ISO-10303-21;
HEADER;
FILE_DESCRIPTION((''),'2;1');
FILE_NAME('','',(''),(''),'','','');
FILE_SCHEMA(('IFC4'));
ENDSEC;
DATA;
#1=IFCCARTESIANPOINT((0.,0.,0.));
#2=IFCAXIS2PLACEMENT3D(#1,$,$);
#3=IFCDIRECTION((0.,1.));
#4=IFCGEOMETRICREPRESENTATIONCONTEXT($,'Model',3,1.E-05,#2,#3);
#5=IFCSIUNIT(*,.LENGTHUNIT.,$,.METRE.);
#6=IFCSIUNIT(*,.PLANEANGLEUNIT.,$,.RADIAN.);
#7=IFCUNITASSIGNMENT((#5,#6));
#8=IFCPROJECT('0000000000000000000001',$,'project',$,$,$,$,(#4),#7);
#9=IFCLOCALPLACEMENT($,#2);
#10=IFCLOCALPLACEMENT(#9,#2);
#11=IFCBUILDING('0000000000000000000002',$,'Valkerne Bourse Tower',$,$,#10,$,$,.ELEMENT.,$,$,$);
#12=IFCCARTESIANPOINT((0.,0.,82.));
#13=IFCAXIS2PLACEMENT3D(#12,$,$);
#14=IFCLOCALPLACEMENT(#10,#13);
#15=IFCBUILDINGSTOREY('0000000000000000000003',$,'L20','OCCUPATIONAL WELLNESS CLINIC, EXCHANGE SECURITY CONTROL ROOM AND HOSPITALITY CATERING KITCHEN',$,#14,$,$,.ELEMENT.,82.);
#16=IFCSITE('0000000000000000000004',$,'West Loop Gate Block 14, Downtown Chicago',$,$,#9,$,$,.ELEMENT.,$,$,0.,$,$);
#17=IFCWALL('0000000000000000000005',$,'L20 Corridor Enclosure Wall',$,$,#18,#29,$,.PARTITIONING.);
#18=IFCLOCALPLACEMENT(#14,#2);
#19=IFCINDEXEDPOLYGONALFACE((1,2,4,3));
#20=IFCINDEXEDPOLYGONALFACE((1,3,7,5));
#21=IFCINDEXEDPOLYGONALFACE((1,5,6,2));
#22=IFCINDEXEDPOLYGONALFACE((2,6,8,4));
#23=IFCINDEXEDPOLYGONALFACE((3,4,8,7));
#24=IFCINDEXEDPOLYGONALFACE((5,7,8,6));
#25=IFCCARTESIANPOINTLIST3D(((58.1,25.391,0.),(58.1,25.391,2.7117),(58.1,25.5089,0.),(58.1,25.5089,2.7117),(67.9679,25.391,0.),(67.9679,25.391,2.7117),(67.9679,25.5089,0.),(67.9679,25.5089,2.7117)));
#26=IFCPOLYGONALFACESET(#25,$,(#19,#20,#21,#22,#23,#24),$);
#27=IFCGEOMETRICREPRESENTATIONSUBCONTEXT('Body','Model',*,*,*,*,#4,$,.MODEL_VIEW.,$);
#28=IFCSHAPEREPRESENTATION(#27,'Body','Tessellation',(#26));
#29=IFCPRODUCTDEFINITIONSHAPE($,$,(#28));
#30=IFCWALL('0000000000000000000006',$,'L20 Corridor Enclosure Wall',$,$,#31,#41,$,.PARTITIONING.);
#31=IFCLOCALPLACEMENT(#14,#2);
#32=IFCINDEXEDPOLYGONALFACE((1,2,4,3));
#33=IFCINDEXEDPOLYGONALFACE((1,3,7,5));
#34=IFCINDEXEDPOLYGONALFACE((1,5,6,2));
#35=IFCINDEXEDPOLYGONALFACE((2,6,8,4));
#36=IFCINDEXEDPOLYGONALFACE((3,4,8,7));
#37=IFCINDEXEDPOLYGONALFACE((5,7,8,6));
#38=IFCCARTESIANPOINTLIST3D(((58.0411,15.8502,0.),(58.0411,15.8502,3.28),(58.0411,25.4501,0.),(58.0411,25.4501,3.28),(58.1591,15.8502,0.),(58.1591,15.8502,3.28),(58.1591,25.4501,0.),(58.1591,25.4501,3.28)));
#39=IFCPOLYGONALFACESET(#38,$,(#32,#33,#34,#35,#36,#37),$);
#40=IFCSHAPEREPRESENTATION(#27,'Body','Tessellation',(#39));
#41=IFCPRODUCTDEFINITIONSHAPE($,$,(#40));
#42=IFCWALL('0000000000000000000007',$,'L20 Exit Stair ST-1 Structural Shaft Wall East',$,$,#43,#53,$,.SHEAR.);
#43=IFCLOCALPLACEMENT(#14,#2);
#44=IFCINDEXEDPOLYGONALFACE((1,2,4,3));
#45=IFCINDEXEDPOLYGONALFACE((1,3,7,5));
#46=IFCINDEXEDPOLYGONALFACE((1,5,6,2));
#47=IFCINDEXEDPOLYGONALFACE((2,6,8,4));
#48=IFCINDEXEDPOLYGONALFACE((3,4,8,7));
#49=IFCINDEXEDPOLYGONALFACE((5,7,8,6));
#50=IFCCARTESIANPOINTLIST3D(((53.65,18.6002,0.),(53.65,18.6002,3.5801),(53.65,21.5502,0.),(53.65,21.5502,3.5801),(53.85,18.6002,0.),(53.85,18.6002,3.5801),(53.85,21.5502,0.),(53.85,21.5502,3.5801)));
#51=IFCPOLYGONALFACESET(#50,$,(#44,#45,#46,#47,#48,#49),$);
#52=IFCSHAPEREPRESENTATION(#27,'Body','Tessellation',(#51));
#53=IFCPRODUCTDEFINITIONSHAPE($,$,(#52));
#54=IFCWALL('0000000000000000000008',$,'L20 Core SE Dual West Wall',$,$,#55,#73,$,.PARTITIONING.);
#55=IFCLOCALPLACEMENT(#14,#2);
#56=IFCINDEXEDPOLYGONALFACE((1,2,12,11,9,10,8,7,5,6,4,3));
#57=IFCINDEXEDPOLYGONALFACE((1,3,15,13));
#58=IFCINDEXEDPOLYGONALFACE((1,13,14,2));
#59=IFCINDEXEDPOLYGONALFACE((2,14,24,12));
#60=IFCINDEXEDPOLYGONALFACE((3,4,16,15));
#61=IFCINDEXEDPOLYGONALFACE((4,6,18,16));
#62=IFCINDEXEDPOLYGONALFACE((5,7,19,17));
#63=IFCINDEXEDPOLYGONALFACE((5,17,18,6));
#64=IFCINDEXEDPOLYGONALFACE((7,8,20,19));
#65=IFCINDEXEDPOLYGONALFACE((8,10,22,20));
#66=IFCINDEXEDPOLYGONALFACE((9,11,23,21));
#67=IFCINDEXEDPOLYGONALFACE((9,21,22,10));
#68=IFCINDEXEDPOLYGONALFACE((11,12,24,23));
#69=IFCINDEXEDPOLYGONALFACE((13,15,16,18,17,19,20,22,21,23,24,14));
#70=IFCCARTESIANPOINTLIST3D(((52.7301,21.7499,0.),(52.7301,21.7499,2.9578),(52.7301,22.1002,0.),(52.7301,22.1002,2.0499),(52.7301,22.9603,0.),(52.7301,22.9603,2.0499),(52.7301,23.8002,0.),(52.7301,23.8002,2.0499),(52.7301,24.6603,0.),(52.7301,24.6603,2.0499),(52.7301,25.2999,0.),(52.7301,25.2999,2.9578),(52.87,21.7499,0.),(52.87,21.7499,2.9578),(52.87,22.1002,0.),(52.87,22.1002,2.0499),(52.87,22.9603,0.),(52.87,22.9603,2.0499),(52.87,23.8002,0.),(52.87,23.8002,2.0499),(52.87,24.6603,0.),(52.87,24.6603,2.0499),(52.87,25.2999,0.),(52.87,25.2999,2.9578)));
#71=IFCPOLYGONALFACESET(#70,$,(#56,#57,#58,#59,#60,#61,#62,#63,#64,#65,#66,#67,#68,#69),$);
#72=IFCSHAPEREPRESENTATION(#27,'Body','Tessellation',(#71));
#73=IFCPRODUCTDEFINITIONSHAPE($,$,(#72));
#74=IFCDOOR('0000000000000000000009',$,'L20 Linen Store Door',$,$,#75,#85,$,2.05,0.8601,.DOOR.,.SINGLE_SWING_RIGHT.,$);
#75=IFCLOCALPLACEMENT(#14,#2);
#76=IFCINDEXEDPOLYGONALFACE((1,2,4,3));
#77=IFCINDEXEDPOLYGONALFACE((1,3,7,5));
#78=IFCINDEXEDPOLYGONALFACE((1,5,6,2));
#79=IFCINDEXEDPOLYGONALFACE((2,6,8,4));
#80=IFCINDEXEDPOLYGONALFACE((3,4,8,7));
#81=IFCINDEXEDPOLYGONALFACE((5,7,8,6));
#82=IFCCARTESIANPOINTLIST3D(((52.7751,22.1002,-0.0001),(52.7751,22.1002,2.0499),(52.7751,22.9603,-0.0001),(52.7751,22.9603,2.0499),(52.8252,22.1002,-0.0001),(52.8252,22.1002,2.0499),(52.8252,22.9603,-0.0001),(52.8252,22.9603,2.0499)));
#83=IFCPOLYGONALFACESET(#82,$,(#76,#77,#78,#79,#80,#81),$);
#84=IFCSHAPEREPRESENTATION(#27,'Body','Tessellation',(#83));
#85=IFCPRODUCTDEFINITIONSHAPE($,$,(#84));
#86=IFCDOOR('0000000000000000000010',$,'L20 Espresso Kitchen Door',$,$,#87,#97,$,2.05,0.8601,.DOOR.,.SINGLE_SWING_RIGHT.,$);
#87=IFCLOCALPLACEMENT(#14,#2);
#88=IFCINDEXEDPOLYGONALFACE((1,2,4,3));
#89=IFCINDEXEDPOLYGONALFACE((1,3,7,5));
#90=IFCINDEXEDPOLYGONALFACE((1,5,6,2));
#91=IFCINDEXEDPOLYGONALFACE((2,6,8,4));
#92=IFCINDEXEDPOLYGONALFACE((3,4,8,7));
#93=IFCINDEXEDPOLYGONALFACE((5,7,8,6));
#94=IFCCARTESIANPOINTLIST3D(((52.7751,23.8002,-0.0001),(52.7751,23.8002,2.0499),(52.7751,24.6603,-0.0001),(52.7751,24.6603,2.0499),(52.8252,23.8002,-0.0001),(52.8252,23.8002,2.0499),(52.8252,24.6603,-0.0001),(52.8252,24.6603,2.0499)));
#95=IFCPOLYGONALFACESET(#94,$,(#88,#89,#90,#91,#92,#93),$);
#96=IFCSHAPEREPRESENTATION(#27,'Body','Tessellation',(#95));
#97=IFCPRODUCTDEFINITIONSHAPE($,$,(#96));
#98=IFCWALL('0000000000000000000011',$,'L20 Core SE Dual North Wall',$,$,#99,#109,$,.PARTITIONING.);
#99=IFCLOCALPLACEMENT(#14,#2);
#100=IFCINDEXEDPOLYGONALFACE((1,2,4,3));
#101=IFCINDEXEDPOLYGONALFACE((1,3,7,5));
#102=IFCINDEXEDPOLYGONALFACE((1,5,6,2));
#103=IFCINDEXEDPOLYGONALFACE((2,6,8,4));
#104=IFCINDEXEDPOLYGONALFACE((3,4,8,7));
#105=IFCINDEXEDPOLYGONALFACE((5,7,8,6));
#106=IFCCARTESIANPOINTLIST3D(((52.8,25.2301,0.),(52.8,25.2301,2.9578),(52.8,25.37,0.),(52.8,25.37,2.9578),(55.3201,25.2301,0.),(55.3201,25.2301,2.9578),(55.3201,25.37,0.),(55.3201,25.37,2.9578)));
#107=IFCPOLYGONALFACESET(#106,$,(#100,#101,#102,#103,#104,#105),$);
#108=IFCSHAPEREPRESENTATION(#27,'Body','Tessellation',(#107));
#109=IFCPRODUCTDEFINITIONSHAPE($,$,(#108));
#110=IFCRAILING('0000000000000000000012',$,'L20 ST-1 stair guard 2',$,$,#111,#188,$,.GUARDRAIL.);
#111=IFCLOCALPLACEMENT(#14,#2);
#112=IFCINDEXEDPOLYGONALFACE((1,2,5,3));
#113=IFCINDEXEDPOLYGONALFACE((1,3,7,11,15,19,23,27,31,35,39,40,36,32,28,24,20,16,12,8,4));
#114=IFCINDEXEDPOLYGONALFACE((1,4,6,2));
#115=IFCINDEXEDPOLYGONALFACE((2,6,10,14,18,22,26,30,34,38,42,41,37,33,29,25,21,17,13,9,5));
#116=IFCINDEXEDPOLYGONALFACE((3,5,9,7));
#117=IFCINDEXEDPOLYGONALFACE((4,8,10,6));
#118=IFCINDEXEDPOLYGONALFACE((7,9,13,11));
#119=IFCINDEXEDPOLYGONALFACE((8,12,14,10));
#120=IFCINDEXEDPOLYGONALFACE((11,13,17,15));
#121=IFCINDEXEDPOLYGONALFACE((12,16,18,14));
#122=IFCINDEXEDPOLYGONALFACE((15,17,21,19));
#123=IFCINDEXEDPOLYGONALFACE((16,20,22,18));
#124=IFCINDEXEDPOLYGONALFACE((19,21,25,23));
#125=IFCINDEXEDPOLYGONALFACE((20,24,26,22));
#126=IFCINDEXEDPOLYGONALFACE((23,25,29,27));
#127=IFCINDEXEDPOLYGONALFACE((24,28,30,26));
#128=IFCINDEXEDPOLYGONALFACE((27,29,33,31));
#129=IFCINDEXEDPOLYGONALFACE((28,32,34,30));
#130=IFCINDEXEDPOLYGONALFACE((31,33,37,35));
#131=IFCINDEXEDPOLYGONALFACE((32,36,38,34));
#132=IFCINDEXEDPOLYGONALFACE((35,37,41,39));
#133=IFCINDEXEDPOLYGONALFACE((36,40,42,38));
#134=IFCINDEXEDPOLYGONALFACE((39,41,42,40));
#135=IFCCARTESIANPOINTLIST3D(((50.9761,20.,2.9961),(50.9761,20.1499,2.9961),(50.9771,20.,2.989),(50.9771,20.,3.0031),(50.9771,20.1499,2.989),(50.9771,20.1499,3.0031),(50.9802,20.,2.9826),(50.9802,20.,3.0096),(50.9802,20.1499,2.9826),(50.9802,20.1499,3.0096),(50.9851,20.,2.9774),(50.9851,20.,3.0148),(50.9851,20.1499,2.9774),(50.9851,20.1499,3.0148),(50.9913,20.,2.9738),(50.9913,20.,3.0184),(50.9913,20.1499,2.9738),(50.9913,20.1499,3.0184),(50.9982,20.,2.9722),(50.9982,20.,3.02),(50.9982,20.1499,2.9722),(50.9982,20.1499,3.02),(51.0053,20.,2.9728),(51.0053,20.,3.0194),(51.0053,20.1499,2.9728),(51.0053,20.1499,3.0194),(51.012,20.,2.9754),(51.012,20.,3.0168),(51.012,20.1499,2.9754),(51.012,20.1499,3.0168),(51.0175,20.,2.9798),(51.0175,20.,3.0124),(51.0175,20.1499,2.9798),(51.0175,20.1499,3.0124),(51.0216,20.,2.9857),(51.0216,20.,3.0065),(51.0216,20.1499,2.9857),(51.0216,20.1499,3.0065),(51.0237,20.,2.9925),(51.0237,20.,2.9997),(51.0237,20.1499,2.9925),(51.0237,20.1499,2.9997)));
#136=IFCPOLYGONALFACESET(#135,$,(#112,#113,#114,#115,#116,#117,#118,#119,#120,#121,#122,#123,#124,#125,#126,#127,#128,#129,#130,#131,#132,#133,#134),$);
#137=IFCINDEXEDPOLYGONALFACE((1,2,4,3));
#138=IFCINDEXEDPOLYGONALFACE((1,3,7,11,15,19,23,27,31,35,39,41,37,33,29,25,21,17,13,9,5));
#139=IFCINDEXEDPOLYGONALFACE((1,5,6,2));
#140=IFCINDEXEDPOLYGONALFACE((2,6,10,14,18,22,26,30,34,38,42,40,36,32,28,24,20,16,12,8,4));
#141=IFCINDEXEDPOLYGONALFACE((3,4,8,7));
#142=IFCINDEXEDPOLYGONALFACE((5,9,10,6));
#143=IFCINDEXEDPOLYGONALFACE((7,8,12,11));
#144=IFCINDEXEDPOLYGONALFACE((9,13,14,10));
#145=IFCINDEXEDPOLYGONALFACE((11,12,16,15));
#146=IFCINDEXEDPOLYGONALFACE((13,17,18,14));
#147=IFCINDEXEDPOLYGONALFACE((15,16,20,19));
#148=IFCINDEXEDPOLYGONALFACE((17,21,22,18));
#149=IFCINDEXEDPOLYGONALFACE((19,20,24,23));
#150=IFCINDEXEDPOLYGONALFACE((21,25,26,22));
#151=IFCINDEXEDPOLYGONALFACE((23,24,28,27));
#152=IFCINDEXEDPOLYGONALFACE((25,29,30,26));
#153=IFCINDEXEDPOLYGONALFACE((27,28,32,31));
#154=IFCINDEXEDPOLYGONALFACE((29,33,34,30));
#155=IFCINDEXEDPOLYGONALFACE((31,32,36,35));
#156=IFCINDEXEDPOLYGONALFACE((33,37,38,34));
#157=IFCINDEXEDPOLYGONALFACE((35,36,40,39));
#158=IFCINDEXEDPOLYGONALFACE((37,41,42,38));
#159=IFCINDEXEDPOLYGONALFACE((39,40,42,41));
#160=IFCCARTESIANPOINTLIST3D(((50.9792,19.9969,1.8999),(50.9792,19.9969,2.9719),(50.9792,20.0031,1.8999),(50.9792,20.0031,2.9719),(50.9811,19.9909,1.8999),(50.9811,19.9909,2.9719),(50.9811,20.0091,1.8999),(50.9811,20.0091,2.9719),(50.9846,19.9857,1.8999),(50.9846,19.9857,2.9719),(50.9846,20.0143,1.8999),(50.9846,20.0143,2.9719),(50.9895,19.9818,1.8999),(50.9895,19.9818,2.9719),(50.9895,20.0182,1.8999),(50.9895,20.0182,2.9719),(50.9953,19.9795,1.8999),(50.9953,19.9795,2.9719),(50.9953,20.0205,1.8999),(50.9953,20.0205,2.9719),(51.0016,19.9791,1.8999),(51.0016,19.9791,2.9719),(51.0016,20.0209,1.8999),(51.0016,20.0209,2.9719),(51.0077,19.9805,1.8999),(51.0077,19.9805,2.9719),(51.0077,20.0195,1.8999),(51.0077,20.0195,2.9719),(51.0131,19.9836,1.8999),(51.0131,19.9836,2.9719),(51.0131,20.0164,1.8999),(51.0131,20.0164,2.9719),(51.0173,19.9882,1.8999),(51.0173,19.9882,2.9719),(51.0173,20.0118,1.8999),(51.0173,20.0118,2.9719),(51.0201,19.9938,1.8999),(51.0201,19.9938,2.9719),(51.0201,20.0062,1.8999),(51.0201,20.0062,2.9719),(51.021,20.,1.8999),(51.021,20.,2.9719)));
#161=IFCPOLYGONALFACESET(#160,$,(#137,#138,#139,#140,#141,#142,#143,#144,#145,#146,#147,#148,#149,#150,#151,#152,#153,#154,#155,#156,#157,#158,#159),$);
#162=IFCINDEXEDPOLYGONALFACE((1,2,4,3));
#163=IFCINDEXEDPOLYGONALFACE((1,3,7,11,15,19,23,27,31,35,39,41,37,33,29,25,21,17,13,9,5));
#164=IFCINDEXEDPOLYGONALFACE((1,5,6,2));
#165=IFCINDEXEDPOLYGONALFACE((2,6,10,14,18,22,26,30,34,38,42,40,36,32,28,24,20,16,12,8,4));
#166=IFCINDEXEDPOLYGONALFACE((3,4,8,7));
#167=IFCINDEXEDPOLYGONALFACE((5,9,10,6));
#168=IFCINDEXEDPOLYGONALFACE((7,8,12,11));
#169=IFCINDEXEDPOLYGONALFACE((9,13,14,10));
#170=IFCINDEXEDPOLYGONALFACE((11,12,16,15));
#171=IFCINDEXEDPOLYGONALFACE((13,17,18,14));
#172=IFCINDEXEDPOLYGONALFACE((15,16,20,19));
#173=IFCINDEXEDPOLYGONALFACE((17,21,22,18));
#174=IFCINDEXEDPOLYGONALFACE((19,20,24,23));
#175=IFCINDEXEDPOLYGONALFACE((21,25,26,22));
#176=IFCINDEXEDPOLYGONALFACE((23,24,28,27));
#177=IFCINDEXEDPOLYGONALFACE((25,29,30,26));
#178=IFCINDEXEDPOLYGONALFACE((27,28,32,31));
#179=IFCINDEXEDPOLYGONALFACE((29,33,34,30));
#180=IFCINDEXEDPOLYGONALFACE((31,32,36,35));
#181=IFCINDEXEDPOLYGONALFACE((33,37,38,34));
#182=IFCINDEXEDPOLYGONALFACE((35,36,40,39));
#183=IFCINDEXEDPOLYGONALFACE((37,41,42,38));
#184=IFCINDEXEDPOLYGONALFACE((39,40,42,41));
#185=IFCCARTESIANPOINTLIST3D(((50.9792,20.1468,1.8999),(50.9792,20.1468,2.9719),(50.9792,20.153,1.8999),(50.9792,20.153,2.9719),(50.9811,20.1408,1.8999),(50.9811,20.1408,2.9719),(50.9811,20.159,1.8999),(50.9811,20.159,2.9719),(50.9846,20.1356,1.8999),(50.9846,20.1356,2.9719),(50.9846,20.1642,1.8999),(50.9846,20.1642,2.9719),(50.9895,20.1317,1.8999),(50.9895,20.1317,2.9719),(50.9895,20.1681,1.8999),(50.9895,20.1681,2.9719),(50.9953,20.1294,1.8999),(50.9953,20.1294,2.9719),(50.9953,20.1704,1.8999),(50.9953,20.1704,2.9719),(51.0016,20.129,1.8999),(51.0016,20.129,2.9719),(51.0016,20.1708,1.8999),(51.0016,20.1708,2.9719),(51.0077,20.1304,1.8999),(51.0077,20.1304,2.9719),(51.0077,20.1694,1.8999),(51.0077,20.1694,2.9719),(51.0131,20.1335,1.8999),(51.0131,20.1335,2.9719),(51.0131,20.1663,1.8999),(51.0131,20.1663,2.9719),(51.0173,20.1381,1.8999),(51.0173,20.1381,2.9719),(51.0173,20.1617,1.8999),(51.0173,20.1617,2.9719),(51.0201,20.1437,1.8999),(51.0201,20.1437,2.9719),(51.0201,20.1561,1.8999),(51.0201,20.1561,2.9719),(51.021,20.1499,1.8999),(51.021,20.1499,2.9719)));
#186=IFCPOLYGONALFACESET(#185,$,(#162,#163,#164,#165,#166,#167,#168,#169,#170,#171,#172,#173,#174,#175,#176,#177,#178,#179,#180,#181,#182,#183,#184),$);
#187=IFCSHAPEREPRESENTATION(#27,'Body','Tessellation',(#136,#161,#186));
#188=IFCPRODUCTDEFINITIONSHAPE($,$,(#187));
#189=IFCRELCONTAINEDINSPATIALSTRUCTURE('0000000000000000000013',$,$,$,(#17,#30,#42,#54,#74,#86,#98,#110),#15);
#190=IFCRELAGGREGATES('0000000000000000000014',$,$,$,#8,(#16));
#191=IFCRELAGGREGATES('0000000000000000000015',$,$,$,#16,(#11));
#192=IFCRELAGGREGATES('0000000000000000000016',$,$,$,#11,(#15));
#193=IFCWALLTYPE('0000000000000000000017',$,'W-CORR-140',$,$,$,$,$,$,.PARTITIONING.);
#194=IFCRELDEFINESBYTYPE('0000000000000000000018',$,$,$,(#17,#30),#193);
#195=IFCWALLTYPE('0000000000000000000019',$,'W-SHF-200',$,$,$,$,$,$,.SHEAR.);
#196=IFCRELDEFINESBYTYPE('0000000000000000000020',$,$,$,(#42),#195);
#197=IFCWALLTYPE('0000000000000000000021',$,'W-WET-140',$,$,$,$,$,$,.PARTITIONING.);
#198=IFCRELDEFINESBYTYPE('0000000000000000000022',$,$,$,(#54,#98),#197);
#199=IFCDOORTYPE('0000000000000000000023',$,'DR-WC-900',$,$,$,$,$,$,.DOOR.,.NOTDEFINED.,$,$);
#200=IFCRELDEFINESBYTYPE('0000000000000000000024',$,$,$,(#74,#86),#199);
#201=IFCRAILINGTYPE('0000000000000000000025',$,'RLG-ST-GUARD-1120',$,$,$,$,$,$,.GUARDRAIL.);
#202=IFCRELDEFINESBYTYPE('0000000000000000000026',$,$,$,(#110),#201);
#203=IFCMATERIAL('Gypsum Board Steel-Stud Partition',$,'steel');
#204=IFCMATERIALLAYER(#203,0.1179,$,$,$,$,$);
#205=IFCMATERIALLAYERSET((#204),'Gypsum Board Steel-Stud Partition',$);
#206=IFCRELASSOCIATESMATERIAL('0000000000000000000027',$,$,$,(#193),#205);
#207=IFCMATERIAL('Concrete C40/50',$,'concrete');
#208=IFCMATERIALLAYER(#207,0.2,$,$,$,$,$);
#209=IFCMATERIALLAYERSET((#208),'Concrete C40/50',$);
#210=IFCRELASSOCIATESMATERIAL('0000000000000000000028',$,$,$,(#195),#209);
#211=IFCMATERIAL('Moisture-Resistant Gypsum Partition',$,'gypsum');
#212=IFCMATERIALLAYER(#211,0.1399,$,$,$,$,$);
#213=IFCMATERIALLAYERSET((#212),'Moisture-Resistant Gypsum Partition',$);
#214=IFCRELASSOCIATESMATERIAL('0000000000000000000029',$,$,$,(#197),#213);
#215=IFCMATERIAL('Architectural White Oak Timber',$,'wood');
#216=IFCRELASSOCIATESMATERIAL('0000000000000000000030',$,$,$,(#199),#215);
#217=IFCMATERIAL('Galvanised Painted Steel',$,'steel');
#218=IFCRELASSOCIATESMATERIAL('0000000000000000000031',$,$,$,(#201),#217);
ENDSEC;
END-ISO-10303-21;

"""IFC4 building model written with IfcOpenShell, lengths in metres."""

from ifc_helpers import new_model, si_unit, direction, frame, frame_2d, origin, origin_2d, place, context, subcontext, project, spatial, rectangle, circle, extrude, material, layer, layer_set, type_object, element, fill, save


model = new_model("IFC4")

# Units and contexts
model_context = context("Model", 3, precision=1e-05, world=origin(), true_north=direction((0.0, 1.0)))
body_context = subcontext(model_context, "Body", "Model", "MODEL_VIEW")
ifc_project = project(units=[si_unit("LENGTHUNIT", "METRE"), si_unit("PLANEANGLEUNIT", "RADIAN")], contexts=[model_context])

# Site, building, storey
site_placement = place(None, origin())
site = spatial("IfcSite", under=ifc_project, at=site_placement, Name="West Loop Gate Block 14, Downtown Chicago", CompositionType="ELEMENT", RefElevation=0.0)
building_placement = place(site_placement, origin())
building = spatial("IfcBuilding", under=site, at=building_placement, Name="Valkerne Bourse Tower", CompositionType="ELEMENT")
storey_placement = place(building_placement, frame((0.0, 0.0, 82.0)))
storey = spatial("IfcBuildingStorey", under=building, at=storey_placement, Name="L20", Description="OCCUPATIONAL WELLNESS CLINIC, EXCHANGE SECURITY CONTROL ROOM AND HOSPITALITY CATERING KITCHEN", CompositionType="ELEMENT", Elevation=82.0)

# Shared definitions
ifc_material_1 = material(Name="Galvanised Painted Steel", Category="steel")

# Walls
ifc_material_2 = material(Name="Gypsum Board Steel-Stud Partition", Category="steel")
ifc_layer_1 = layer(ifc_material_2, 0.1179)
ifc_layer_set_1 = layer_set([ifc_layer_1], Name="Gypsum Board Steel-Stud Partition")
wall_type_1 = type_object("IfcWallType", Name="W-CORR-140", PredefinedType="PARTITIONING", material=ifc_layer_set_1)
wall_1_placement = place(storey_placement, frame((67.968, 25.45, 0.0), z_axis=(0.0, 0.0, 1.0), x_axis=(-1.0, 0.0, 0.0)))
element("IfcWall", 1, at=wall_1_placement, inside=storey, type_object=wall_type_1, Name="L20 Corridor Enclosure Wall", PredefinedType="PARTITIONING", context=body_context, shape_type="SweptSolid", body=[
    extrude(rectangle(XDim=9.8679, YDim=0.1179, at=frame_2d((4.9341, 0.0))), origin(), (0.0, 0.0, 1.0), 2.7117),
])
wall_2_placement = place(storey_placement, frame((58.1001, 25.45, 0.0), z_axis=(0.0, 0.0, 1.0), x_axis=(0.0, -1.0, 0.0)))
element("IfcWall", 2, at=wall_2_placement, inside=storey, type_object=wall_type_1, Name="L20 Corridor Enclosure Wall", PredefinedType="PARTITIONING", context=body_context, shape_type="SweptSolid", body=[
    extrude(rectangle(XDim=9.5999, YDim=0.1179, at=frame_2d((4.7998, 0.0))), origin(), (0.0, 0.0, 1.0), 3.28),
])

# Wall
ifc_material_3 = material(Name="Concrete C40/50", Category="concrete")
ifc_layer_2 = layer(ifc_material_3, 0.2)
ifc_layer_set_2 = layer_set([ifc_layer_2], Name="Concrete C40/50")
wall_type_2 = type_object("IfcWallType", Name="W-SHF-200", PredefinedType="SHEAR", material=ifc_layer_set_2)
wall_3_placement = place(storey_placement, frame((53.75, 18.6001, 0.0), z_axis=(0.0, 0.0, 1.0), x_axis=(0.0, 1.0, 0.0)))
element("IfcWall", 3, at=wall_3_placement, inside=storey, type_object=wall_type_2, Name="L20 Exit Stair ST-1 Structural Shaft Wall East", PredefinedType="SHEAR", context=body_context, shape_type="SweptSolid", body=[
    extrude(rectangle(XDim=2.95, YDim=0.2, at=frame_2d((1.4751, 0.0))), origin(), (0.0, 0.0, 1.0), 3.5801),
])

# Wall, openings, doors
ifc_material_4 = material(Name="Moisture-Resistant Gypsum Partition", Category="gypsum")
ifc_layer_3 = layer(ifc_material_4, 0.1399)
ifc_layer_set_3 = layer_set([ifc_layer_3], Name="Moisture-Resistant Gypsum Partition")
wall_type_3 = type_object("IfcWallType", Name="W-WET-140", PredefinedType="PARTITIONING", material=ifc_layer_set_3)
wall_4_placement = place(storey_placement, frame((52.8, 21.75, 0.0), z_axis=(0.0, 0.0, 1.0), x_axis=(0.0, 1.0, 0.0)))
wall_4 = element("IfcWall", 4, at=wall_4_placement, inside=storey, type_object=wall_type_3, Name="L20 Core SE Dual West Wall", PredefinedType="PARTITIONING", context=body_context, shape_type="SweptSolid", body=[
    extrude(rectangle(XDim=3.55, YDim=0.1399, at=frame_2d((1.7749, 0.0))), origin(), (0.0, 0.0, 1.0), 2.9578),
])
opening_1_placement = place(wall_4_placement, frame((0.3501, 0.0, 0.0)))
opening_1 = element("IfcOpeningElement", 5, at=opening_1_placement, cuts=wall_4, PredefinedType="OPENING", context=body_context, shape_type="SweptSolid", body=[
    extrude(rectangle(XDim=0.8601, YDim=2.05, at=frame_2d((0.4302, 1.0249))), frame((0.0, 0.0798, 0.0), z_axis=(0.0, -1.0, 0.0), x_axis=(1.0, 0.0, 0.0)), (0.0, 0.0, 1.0), 0.1599),
])
opening_2_placement = place(wall_4_placement, frame((2.05, 0.0, 0.0)))
opening_2 = element("IfcOpeningElement", 6, at=opening_2_placement, cuts=wall_4, PredefinedType="OPENING", context=body_context, shape_type="SweptSolid", body=[
    extrude(rectangle(XDim=0.8601, YDim=2.05, at=frame_2d((0.4302, 1.0249))), frame((0.0, 0.0798, 0.0), z_axis=(0.0, -1.0, 0.0), x_axis=(1.0, 0.0, 0.0)), (0.0, 0.0, 1.0), 0.1599),
])
ifc_material_5 = material(Name="Architectural White Oak Timber", Category="wood")
door_type_1 = type_object("IfcDoorType", Name="DR-WC-900", OperationType="NOTDEFINED", PredefinedType="DOOR", material=ifc_material_5)
door_1_placement = place(opening_1_placement, origin())
door_1 = element("IfcDoor", 7, at=door_1_placement, inside=storey, type_object=door_type_1, Name="L20 Linen Store Door", OperationType="SINGLE_SWING_RIGHT", OverallHeight=2.05, OverallWidth=0.8601, PredefinedType="DOOR", context=body_context, shape_type="SweptSolid", body=[
    extrude(rectangle(XDim=0.8601, YDim=2.05, at=frame_2d((0.4302, 1.0249))), frame((0.0, 0.0249, 0.0), z_axis=(0.0, -1.0, 0.0), x_axis=(1.0, 0.0, 0.0)), (0.0, 0.0, 1.0), 0.05),
])
fill(opening_1, door_1)
door_2_placement = place(opening_2_placement, origin())
door_2 = element("IfcDoor", 8, at=door_2_placement, inside=storey, type_object=door_type_1, Name="L20 Espresso Kitchen Door", OperationType="SINGLE_SWING_RIGHT", OverallHeight=2.05, OverallWidth=0.8601, PredefinedType="DOOR", context=body_context, shape_type="SweptSolid", body=[
    extrude(rectangle(XDim=0.8601, YDim=2.05, at=frame_2d((0.4302, 1.0249))), frame((0.0, 0.0249, 0.0), z_axis=(0.0, -1.0, 0.0), x_axis=(1.0, 0.0, 0.0)), (0.0, 0.0, 1.0), 0.05),
])
fill(opening_2, door_2)

# Wall
wall_5_placement = place(storey_placement, frame((52.8, 25.3, 0.0), z_axis=(0.0, 0.0, 1.0), x_axis=(1.0, 0.0, 0.0)))
element("IfcWall", 9, at=wall_5_placement, inside=storey, type_object=wall_type_3, Name="L20 Core SE Dual North Wall", PredefinedType="PARTITIONING", context=body_context, shape_type="SweptSolid", body=[
    extrude(rectangle(XDim=2.52, YDim=0.1399, at=frame_2d((1.26, 0.0))), origin(), (0.0, 0.0, 1.0), 2.9578),
])

# Railing
railing_type_1 = type_object("IfcRailingType", Name="RLG-ST-GUARD-1120", PredefinedType="GUARDRAIL", material=ifc_material_1)
railing_1_placement = place(storey_placement, frame((51.0, 20.0, 1.8999)))
element("IfcRailing", 10, at=railing_1_placement, inside=storey, type_object=railing_type_1, Name="L20 ST-1 stair guard 2", PredefinedType="GUARDRAIL", context=body_context, shape_type="SweptSolid", body=[
    extrude(circle(Radius=0.0239, at=origin_2d()), frame((0.0, 0.0, 1.0962), z_axis=(0.0, 1.0, 0.0), x_axis=(-1.0, 0.0, 0.0)), (0.0, 0.0, 1.0), 0.1499),
    extrude(circle(Radius=0.021, at=origin_2d()), origin(), (0.0, 0.0, 1.0), 1.072),
    extrude(circle(Radius=0.021, at=origin_2d()), frame((0.0, 0.1499, 0.0)), (0.0, 0.0, 1.0), 1.072),
])

save(model, "model.ifc")
